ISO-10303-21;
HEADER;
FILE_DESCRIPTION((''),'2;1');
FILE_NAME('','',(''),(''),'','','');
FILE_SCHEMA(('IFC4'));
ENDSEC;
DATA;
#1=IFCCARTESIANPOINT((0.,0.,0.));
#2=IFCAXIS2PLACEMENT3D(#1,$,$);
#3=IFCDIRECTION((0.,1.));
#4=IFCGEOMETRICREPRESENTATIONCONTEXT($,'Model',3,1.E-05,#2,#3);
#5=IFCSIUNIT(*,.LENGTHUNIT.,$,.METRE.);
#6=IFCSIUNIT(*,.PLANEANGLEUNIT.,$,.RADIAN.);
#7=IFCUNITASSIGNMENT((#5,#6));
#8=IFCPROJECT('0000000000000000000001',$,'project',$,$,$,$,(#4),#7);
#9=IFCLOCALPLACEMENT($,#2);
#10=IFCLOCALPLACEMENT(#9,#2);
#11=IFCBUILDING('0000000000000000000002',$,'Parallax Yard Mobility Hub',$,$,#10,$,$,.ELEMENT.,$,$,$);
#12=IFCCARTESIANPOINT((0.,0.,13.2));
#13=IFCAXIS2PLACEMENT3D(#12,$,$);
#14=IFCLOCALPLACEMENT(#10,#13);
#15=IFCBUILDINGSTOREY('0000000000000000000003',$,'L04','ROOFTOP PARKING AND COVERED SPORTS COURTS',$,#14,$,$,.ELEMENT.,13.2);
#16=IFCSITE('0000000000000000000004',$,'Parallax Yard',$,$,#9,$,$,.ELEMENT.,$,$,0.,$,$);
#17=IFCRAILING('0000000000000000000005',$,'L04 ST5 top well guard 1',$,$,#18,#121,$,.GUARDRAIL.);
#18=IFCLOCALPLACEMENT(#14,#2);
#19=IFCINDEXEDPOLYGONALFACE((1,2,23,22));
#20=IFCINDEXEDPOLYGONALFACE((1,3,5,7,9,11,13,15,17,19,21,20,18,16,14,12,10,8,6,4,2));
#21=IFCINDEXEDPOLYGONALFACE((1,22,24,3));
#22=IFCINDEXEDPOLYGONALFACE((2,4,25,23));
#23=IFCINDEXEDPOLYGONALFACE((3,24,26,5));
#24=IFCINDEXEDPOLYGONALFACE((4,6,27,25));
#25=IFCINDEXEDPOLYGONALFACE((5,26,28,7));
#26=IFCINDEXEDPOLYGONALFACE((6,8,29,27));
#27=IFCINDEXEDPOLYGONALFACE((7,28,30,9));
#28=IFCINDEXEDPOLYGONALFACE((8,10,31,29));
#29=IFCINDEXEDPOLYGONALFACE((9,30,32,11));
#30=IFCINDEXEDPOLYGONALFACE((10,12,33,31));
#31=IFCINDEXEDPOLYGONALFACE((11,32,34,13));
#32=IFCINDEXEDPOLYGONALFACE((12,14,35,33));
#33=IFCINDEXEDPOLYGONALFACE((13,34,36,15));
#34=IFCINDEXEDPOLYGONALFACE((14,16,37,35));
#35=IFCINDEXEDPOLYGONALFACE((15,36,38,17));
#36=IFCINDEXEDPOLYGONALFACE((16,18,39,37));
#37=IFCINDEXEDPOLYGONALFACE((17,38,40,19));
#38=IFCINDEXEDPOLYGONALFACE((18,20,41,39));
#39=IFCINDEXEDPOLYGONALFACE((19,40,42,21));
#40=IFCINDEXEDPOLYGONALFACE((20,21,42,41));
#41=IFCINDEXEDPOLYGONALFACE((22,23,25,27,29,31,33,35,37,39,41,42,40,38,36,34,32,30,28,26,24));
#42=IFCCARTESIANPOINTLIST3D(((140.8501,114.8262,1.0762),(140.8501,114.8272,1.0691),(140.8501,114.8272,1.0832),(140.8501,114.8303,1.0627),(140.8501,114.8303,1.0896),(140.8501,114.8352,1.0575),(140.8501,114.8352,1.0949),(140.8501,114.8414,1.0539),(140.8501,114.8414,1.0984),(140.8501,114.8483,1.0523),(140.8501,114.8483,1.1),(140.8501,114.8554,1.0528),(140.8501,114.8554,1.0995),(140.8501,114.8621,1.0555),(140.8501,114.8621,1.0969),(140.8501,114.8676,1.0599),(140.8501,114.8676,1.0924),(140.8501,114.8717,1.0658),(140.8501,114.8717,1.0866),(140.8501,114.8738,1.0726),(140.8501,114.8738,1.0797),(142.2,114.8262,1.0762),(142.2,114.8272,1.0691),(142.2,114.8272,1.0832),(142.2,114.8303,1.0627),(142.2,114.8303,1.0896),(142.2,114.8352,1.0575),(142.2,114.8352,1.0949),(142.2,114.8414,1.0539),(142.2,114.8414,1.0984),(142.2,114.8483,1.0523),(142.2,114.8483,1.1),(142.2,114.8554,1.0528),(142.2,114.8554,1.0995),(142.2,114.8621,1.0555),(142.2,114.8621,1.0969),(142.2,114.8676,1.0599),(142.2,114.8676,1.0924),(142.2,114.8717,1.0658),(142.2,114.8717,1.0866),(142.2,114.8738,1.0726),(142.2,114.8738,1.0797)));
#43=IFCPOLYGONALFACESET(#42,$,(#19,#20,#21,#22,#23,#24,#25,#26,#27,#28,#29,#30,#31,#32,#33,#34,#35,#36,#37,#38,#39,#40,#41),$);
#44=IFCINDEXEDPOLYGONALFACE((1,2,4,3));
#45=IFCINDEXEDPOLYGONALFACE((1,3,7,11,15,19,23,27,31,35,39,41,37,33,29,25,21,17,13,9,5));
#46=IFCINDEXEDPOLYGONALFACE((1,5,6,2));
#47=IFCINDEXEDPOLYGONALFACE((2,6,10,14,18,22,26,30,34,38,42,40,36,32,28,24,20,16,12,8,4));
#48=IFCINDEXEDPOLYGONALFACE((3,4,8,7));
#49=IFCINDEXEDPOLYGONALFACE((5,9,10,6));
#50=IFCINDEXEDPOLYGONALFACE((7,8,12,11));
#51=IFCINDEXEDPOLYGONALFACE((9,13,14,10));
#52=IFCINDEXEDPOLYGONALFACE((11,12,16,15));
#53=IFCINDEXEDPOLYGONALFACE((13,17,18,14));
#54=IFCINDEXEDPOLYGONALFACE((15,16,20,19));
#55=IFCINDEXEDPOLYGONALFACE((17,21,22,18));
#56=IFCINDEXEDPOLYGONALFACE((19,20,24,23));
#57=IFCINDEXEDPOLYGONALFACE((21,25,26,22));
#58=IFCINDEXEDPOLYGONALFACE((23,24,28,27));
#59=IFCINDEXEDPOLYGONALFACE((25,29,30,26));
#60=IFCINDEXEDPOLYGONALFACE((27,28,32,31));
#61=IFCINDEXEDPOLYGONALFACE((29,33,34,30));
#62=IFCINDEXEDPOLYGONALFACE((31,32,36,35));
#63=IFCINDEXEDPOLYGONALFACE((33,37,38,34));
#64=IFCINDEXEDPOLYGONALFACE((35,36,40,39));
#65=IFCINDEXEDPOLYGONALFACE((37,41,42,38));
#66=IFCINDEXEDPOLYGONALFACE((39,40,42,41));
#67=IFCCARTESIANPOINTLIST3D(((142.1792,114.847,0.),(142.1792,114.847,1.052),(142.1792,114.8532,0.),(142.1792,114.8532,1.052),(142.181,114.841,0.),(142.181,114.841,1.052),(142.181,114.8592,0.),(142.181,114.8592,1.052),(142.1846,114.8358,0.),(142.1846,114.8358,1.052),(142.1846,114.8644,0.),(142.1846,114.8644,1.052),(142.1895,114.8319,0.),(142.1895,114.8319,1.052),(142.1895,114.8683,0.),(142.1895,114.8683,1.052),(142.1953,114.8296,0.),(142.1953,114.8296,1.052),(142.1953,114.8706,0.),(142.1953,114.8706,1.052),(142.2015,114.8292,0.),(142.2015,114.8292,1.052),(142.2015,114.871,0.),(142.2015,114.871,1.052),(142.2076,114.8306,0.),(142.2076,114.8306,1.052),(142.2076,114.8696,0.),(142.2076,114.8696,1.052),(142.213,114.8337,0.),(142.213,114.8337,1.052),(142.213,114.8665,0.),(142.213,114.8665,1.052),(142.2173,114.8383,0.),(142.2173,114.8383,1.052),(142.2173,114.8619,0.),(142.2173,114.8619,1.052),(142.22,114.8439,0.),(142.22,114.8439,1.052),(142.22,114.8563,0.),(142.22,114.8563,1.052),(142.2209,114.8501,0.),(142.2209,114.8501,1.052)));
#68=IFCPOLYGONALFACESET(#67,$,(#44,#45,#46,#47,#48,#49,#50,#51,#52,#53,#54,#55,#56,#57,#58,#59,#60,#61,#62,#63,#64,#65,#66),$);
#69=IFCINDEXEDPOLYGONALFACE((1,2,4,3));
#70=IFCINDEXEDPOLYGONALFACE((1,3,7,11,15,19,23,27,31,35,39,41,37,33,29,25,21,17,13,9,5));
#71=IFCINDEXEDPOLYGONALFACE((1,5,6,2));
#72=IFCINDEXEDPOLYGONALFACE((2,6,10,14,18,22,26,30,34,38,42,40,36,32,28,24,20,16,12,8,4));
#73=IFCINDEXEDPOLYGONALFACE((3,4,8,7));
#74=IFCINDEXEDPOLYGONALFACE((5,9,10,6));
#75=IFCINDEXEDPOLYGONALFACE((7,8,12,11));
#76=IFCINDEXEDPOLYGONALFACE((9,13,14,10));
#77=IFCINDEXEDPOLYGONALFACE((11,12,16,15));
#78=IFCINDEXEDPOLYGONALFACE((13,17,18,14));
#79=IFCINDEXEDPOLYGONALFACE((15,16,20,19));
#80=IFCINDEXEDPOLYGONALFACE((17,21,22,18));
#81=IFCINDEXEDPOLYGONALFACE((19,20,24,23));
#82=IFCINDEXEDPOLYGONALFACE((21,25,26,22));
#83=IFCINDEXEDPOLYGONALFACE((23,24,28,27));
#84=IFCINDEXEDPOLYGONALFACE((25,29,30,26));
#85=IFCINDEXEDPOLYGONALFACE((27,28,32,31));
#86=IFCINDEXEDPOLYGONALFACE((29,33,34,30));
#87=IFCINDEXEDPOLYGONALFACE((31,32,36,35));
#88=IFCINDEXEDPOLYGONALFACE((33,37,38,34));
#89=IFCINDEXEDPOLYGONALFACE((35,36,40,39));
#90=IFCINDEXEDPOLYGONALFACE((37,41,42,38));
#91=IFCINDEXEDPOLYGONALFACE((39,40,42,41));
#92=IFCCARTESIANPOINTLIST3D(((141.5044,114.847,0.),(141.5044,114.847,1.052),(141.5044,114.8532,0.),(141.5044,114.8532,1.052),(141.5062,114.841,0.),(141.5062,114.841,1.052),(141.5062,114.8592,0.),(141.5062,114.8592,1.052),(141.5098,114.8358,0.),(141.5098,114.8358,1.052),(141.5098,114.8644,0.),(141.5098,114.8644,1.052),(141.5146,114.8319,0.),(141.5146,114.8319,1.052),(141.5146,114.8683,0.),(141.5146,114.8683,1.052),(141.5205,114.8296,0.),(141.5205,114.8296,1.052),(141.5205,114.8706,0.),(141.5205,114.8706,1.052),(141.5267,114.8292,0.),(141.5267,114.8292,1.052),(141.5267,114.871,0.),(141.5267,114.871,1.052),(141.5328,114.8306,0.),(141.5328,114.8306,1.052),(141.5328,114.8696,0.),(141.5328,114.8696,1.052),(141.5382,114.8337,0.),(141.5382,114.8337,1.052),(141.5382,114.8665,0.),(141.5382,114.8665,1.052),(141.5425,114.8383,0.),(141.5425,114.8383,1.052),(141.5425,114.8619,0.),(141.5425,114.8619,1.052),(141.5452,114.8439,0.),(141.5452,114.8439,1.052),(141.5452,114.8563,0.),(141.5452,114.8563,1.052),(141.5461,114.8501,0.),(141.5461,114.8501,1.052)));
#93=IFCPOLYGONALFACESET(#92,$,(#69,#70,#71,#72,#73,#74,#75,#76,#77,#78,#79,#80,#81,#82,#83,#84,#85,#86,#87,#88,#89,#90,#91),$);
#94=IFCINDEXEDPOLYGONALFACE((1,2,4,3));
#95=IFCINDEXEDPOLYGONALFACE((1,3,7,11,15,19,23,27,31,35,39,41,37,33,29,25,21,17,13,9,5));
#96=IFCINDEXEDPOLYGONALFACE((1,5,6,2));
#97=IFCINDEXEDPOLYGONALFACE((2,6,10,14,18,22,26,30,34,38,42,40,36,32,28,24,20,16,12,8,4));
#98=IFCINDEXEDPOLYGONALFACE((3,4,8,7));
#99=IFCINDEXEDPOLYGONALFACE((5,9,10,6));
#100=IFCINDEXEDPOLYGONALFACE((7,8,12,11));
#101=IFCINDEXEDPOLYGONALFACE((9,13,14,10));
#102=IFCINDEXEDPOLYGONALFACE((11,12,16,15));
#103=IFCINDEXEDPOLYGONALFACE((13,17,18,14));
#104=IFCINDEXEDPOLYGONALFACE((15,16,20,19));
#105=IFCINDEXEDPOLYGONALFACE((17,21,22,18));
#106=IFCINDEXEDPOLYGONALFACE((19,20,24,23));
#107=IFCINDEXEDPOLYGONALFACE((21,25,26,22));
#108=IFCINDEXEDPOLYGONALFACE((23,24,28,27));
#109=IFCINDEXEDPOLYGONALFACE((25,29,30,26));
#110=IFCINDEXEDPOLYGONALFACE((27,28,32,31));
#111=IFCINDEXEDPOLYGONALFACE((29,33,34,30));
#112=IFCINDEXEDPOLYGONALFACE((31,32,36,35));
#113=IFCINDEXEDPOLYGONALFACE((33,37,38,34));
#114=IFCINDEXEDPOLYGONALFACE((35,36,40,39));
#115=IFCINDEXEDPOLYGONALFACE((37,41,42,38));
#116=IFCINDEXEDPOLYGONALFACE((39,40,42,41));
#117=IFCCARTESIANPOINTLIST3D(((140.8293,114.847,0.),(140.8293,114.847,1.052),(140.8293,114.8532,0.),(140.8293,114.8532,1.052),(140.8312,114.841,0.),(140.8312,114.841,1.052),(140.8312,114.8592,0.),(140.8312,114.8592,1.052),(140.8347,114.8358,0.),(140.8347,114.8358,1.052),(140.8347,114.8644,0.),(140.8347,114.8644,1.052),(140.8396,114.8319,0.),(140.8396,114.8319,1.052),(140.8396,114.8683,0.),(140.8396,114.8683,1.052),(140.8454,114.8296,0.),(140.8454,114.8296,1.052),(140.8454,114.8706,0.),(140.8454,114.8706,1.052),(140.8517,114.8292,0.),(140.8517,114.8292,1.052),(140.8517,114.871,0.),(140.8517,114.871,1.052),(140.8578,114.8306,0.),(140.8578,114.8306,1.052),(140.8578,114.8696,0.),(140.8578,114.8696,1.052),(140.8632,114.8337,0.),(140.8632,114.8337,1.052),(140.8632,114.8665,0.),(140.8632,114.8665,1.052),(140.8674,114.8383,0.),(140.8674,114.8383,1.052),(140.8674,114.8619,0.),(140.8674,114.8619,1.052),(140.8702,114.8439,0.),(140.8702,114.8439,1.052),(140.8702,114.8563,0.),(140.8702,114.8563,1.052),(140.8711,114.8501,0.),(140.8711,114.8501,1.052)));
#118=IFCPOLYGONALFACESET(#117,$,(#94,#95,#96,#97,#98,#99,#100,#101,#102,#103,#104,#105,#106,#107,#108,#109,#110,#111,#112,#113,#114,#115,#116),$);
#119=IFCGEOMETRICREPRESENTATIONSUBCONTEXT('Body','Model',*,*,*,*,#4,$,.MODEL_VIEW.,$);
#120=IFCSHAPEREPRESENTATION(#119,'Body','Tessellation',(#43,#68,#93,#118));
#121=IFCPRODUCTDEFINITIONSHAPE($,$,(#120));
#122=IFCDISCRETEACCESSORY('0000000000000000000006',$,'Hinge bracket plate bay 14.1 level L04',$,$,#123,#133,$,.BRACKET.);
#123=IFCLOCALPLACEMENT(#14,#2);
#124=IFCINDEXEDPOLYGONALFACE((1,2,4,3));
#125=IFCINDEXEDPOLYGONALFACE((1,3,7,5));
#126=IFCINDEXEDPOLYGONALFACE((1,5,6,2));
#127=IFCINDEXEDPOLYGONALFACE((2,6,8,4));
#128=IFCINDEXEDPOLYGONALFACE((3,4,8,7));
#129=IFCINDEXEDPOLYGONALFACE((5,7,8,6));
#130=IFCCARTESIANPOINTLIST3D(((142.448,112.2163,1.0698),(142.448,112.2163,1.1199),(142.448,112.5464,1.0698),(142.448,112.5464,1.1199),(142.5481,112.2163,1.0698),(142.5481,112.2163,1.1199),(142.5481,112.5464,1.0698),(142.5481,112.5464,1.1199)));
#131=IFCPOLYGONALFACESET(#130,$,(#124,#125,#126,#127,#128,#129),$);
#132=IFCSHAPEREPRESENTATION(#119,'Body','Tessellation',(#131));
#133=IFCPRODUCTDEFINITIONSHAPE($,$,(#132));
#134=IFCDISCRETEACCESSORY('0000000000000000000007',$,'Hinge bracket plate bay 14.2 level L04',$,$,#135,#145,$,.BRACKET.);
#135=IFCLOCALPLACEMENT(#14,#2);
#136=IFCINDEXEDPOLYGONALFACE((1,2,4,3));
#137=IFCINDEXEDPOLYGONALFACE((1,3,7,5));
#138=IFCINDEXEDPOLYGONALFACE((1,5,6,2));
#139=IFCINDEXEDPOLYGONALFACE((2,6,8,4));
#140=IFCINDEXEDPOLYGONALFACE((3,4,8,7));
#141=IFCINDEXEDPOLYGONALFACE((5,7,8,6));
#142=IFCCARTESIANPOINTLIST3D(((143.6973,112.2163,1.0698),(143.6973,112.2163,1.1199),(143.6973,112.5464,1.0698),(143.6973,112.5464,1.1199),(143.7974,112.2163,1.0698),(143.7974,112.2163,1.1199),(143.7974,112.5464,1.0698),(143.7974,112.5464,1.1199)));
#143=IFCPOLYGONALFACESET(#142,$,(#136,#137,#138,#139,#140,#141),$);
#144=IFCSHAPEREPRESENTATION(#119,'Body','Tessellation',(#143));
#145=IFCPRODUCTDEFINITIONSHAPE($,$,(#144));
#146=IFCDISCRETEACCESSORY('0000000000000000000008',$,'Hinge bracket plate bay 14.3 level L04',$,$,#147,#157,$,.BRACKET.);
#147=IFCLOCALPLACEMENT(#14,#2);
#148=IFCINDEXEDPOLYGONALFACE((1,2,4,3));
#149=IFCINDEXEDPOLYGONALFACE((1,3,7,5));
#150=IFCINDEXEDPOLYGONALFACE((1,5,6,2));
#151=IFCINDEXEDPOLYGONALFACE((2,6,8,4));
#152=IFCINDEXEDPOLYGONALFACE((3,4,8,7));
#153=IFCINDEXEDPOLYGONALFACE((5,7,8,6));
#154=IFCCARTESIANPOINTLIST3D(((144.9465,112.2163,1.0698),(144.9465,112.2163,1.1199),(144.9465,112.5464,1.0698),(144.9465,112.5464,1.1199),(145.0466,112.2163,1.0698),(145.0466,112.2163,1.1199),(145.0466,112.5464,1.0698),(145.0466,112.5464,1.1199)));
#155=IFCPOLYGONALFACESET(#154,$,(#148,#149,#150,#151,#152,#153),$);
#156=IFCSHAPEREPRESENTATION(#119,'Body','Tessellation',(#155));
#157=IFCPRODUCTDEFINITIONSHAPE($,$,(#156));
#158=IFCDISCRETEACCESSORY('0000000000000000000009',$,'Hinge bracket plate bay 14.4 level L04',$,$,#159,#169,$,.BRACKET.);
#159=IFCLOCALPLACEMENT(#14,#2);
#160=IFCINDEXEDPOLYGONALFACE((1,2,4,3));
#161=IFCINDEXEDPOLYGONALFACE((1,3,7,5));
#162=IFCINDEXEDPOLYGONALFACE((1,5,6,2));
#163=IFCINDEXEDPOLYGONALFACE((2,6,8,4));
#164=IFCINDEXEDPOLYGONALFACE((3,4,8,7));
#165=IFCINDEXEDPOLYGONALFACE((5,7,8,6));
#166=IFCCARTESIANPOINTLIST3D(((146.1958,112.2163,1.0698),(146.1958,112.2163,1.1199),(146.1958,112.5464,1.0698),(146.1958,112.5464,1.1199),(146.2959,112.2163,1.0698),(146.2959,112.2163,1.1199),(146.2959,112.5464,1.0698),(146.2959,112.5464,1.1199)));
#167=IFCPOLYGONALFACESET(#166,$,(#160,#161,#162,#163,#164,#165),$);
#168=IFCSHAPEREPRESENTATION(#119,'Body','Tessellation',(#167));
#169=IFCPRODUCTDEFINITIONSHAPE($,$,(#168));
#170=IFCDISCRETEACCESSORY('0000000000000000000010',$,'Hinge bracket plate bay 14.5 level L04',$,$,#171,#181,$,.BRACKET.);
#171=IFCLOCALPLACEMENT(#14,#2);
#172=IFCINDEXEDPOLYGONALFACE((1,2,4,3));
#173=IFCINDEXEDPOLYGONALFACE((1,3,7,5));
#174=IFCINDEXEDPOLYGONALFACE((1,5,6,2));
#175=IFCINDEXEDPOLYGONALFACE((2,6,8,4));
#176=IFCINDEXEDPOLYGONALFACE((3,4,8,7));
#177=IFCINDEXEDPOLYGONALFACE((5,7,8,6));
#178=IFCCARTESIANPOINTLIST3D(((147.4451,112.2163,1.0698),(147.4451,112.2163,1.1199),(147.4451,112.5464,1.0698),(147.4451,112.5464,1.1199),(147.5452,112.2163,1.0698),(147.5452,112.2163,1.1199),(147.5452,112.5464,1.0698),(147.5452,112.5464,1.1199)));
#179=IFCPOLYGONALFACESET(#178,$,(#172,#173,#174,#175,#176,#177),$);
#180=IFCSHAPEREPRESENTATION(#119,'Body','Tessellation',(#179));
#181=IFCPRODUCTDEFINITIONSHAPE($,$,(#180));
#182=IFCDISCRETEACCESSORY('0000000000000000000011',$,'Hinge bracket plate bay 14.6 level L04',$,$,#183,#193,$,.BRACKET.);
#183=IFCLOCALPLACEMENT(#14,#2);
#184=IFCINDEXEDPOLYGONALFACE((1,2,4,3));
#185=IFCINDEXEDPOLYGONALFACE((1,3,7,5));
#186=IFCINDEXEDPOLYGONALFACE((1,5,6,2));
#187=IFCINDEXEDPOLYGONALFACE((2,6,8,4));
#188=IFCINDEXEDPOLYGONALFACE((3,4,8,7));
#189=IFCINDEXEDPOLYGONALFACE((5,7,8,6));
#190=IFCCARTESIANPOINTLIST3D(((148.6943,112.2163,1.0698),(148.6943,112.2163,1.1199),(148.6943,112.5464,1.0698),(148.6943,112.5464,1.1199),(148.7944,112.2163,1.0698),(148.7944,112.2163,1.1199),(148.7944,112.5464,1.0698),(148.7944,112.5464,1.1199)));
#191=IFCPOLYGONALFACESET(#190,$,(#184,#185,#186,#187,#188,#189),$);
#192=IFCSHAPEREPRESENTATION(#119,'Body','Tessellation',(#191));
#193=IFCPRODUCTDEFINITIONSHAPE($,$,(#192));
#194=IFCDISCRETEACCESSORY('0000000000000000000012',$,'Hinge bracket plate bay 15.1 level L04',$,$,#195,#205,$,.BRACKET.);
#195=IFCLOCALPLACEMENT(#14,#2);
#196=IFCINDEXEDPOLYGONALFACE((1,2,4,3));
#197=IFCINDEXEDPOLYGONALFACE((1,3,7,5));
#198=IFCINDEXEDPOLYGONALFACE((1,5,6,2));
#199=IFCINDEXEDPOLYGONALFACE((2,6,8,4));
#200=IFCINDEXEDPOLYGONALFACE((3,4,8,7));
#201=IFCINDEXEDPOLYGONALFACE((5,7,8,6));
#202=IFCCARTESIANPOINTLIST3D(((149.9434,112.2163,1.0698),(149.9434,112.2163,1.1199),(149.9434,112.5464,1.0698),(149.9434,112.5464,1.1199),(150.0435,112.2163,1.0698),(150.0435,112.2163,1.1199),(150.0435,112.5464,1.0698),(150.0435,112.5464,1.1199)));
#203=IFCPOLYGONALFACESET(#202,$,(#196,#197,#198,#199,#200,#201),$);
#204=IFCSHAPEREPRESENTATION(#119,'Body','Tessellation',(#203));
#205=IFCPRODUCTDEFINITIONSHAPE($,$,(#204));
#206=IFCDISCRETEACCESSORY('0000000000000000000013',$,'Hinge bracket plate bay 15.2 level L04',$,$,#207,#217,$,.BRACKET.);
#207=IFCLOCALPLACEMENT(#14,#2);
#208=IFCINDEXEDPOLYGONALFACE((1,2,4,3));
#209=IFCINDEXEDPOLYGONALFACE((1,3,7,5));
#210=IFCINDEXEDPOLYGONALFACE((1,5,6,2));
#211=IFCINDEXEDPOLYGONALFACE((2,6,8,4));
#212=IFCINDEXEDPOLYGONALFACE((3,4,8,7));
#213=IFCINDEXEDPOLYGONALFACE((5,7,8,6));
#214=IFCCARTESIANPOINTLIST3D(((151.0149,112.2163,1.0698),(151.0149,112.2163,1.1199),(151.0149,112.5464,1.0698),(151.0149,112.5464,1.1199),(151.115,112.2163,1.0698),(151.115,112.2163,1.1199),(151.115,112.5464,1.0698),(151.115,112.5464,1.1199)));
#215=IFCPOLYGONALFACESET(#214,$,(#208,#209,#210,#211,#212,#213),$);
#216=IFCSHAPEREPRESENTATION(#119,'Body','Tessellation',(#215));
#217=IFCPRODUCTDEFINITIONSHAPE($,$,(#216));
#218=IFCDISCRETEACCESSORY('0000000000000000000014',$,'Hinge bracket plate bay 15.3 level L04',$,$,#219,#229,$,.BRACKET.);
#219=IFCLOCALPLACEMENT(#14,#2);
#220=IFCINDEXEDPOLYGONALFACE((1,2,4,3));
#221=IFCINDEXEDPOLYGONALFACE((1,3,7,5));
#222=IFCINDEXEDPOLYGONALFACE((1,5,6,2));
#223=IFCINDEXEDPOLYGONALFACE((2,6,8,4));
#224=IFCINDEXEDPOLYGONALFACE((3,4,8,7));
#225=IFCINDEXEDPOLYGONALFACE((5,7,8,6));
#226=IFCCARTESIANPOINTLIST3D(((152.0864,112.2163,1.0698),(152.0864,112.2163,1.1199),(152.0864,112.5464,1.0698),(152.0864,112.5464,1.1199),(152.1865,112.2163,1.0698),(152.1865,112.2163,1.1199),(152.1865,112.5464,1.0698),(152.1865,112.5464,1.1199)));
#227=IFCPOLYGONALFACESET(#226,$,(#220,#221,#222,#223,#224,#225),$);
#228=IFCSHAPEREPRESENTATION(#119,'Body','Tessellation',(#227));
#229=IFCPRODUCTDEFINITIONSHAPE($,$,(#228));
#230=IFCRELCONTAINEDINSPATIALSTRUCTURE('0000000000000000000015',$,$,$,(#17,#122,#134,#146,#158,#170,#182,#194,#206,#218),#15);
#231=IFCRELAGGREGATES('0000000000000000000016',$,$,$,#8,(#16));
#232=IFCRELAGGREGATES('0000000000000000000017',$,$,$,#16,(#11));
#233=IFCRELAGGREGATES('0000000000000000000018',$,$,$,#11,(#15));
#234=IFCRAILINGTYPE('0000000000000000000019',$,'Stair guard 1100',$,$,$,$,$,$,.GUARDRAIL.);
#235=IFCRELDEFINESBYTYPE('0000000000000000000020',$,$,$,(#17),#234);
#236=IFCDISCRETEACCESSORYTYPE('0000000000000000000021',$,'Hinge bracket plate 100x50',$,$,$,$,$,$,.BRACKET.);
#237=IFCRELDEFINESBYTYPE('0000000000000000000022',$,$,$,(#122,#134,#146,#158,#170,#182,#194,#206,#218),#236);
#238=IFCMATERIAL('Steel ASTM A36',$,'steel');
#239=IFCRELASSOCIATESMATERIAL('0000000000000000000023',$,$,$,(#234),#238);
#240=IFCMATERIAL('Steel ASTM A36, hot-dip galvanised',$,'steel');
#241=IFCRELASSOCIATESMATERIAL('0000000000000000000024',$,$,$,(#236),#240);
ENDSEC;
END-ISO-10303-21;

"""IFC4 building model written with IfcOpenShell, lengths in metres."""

from ifc_helpers import new_model, si_unit, direction, frame, origin, origin_2d, place, context, subcontext, project, spatial, rectangle, circle, extrude, material, type_object, element, save


model = new_model("IFC4")

# Units and contexts
model_context = context("Model", 3, precision=1e-05, world=origin(), true_north=direction((0.0, 1.0)))
body_context = subcontext(model_context, "Body", "Model", "MODEL_VIEW")
ifc_project = project(units=[si_unit("LENGTHUNIT", "METRE"), si_unit("PLANEANGLEUNIT", "RADIAN")], contexts=[model_context])

# Site, building, storey
site_placement = place(None, origin())
site = spatial("IfcSite", under=ifc_project, at=site_placement, Name="Parallax Yard", CompositionType="ELEMENT", RefElevation=0.0)
building_placement = place(site_placement, origin())
building = spatial("IfcBuilding", under=site, at=building_placement, Name="Parallax Yard Mobility Hub", CompositionType="ELEMENT")
storey_placement = place(building_placement, frame((0.0, 0.0, 13.2)))
storey = spatial("IfcBuildingStorey", under=building, at=storey_placement, Name="L04", Description="ROOFTOP PARKING AND COVERED SPORTS COURTS", CompositionType="ELEMENT", Elevation=13.2)

# Railing
ifc_material_1 = material(Name="Steel ASTM A36", Category="steel")
railing_type = type_object("IfcRailingType", Name="Stair guard 1100", PredefinedType="GUARDRAIL", material=ifc_material_1)
railing_placement = place(storey_placement, frame((142.2, 114.8501, 0.0)))
element("IfcRailing", 1, at=railing_placement, inside=storey, type_object=railing_type, Name="L04 ST5 top well guard 1", PredefinedType="GUARDRAIL", context=body_context, shape_type="SweptSolid", body=[
    extrude(circle(Radius=0.0239, at=origin_2d()), frame((0.0, 0.0, 1.0762), z_axis=(-1.0, 0.0, 0.0), x_axis=(0.0, -1.0, 0.0)), (0.0, 0.0, 1.0), 1.3499),
    extrude(circle(Radius=0.021, at=origin_2d()), origin(), (0.0, 0.0, 1.0), 1.052),
    extrude(circle(Radius=0.021, at=origin_2d()), frame((-0.6748, 0.0, 0.0)), (0.0, 0.0, 1.0), 1.052),
    extrude(circle(Radius=0.021, at=origin_2d()), frame((-1.3499, 0.0, 0.0)), (0.0, 0.0, 1.0), 1.052),
])

# Discrete accessories
ifc_material_2 = material(Name="Steel ASTM A36, hot-dip galvanised", Category="steel")
discrete_accessory_type = type_object("IfcDiscreteAccessoryType", Name="Hinge bracket plate 100x50", PredefinedType="BRACKET", material=ifc_material_2)
for number, where, z_axis, x_axis, name in (
    (2, (142.498, 112.3813, 1.0698), (0.0, 0.0, 1.0), (0.0, -1.0, 0.0), "Hinge bracket plate bay 14.1 level L04"),
    (3, (143.7473, 112.3813, 1.0698), (0.0, 0.0, 1.0), (0.0, -1.0, 0.0), "Hinge bracket plate bay 14.2 level L04"),
    (4, (144.9966, 112.3813, 1.0698), (0.0, 0.0, 1.0), (0.0, -1.0, 0.0), "Hinge bracket plate bay 14.3 level L04"),
    (5, (146.2458, 112.3813, 1.0698), (0.0, 0.0, 1.0), (0.0, -1.0, 0.0), "Hinge bracket plate bay 14.4 level L04"),
    (6, (147.4951, 112.3813, 1.0698), (0.0, 0.0, 1.0), (0.0, -1.0, 0.0), "Hinge bracket plate bay 14.5 level L04"),
    (7, (148.7444, 112.3813, 1.0698), (0.0, 0.0, 1.0), (0.0, -1.0, 0.0), "Hinge bracket plate bay 14.6 level L04"),
    (8, (149.9934, 112.3813, 1.0698), (0.0, 0.0, 1.0), (0.0, -1.0, 0.0), "Hinge bracket plate bay 15.1 level L04"),
    (9, (151.0649, 112.3813, 1.0698), (0.0, 0.0, 1.0), (0.0, -1.0, 0.0), "Hinge bracket plate bay 15.2 level L04"),
    (10, (152.1365, 112.3813, 1.0698), (0.0, 0.0, 1.0), (0.0, -1.0, 0.0), "Hinge bracket plate bay 15.3 level L04"),
):
    element("IfcDiscreteAccessory", number, at=place(storey_placement, frame(where, z_axis=z_axis, x_axis=x_axis)), inside=storey, type_object=discrete_accessory_type, Name=name, PredefinedType="BRACKET", context=body_context, shape_type="SweptSolid", body=[
        extrude(rectangle(XDim=0.3301, YDim=0.1001, at=origin_2d()), origin(), (0.0, 0.0, 1.0), 0.05),
    ])

save(model, "model.ifc")
